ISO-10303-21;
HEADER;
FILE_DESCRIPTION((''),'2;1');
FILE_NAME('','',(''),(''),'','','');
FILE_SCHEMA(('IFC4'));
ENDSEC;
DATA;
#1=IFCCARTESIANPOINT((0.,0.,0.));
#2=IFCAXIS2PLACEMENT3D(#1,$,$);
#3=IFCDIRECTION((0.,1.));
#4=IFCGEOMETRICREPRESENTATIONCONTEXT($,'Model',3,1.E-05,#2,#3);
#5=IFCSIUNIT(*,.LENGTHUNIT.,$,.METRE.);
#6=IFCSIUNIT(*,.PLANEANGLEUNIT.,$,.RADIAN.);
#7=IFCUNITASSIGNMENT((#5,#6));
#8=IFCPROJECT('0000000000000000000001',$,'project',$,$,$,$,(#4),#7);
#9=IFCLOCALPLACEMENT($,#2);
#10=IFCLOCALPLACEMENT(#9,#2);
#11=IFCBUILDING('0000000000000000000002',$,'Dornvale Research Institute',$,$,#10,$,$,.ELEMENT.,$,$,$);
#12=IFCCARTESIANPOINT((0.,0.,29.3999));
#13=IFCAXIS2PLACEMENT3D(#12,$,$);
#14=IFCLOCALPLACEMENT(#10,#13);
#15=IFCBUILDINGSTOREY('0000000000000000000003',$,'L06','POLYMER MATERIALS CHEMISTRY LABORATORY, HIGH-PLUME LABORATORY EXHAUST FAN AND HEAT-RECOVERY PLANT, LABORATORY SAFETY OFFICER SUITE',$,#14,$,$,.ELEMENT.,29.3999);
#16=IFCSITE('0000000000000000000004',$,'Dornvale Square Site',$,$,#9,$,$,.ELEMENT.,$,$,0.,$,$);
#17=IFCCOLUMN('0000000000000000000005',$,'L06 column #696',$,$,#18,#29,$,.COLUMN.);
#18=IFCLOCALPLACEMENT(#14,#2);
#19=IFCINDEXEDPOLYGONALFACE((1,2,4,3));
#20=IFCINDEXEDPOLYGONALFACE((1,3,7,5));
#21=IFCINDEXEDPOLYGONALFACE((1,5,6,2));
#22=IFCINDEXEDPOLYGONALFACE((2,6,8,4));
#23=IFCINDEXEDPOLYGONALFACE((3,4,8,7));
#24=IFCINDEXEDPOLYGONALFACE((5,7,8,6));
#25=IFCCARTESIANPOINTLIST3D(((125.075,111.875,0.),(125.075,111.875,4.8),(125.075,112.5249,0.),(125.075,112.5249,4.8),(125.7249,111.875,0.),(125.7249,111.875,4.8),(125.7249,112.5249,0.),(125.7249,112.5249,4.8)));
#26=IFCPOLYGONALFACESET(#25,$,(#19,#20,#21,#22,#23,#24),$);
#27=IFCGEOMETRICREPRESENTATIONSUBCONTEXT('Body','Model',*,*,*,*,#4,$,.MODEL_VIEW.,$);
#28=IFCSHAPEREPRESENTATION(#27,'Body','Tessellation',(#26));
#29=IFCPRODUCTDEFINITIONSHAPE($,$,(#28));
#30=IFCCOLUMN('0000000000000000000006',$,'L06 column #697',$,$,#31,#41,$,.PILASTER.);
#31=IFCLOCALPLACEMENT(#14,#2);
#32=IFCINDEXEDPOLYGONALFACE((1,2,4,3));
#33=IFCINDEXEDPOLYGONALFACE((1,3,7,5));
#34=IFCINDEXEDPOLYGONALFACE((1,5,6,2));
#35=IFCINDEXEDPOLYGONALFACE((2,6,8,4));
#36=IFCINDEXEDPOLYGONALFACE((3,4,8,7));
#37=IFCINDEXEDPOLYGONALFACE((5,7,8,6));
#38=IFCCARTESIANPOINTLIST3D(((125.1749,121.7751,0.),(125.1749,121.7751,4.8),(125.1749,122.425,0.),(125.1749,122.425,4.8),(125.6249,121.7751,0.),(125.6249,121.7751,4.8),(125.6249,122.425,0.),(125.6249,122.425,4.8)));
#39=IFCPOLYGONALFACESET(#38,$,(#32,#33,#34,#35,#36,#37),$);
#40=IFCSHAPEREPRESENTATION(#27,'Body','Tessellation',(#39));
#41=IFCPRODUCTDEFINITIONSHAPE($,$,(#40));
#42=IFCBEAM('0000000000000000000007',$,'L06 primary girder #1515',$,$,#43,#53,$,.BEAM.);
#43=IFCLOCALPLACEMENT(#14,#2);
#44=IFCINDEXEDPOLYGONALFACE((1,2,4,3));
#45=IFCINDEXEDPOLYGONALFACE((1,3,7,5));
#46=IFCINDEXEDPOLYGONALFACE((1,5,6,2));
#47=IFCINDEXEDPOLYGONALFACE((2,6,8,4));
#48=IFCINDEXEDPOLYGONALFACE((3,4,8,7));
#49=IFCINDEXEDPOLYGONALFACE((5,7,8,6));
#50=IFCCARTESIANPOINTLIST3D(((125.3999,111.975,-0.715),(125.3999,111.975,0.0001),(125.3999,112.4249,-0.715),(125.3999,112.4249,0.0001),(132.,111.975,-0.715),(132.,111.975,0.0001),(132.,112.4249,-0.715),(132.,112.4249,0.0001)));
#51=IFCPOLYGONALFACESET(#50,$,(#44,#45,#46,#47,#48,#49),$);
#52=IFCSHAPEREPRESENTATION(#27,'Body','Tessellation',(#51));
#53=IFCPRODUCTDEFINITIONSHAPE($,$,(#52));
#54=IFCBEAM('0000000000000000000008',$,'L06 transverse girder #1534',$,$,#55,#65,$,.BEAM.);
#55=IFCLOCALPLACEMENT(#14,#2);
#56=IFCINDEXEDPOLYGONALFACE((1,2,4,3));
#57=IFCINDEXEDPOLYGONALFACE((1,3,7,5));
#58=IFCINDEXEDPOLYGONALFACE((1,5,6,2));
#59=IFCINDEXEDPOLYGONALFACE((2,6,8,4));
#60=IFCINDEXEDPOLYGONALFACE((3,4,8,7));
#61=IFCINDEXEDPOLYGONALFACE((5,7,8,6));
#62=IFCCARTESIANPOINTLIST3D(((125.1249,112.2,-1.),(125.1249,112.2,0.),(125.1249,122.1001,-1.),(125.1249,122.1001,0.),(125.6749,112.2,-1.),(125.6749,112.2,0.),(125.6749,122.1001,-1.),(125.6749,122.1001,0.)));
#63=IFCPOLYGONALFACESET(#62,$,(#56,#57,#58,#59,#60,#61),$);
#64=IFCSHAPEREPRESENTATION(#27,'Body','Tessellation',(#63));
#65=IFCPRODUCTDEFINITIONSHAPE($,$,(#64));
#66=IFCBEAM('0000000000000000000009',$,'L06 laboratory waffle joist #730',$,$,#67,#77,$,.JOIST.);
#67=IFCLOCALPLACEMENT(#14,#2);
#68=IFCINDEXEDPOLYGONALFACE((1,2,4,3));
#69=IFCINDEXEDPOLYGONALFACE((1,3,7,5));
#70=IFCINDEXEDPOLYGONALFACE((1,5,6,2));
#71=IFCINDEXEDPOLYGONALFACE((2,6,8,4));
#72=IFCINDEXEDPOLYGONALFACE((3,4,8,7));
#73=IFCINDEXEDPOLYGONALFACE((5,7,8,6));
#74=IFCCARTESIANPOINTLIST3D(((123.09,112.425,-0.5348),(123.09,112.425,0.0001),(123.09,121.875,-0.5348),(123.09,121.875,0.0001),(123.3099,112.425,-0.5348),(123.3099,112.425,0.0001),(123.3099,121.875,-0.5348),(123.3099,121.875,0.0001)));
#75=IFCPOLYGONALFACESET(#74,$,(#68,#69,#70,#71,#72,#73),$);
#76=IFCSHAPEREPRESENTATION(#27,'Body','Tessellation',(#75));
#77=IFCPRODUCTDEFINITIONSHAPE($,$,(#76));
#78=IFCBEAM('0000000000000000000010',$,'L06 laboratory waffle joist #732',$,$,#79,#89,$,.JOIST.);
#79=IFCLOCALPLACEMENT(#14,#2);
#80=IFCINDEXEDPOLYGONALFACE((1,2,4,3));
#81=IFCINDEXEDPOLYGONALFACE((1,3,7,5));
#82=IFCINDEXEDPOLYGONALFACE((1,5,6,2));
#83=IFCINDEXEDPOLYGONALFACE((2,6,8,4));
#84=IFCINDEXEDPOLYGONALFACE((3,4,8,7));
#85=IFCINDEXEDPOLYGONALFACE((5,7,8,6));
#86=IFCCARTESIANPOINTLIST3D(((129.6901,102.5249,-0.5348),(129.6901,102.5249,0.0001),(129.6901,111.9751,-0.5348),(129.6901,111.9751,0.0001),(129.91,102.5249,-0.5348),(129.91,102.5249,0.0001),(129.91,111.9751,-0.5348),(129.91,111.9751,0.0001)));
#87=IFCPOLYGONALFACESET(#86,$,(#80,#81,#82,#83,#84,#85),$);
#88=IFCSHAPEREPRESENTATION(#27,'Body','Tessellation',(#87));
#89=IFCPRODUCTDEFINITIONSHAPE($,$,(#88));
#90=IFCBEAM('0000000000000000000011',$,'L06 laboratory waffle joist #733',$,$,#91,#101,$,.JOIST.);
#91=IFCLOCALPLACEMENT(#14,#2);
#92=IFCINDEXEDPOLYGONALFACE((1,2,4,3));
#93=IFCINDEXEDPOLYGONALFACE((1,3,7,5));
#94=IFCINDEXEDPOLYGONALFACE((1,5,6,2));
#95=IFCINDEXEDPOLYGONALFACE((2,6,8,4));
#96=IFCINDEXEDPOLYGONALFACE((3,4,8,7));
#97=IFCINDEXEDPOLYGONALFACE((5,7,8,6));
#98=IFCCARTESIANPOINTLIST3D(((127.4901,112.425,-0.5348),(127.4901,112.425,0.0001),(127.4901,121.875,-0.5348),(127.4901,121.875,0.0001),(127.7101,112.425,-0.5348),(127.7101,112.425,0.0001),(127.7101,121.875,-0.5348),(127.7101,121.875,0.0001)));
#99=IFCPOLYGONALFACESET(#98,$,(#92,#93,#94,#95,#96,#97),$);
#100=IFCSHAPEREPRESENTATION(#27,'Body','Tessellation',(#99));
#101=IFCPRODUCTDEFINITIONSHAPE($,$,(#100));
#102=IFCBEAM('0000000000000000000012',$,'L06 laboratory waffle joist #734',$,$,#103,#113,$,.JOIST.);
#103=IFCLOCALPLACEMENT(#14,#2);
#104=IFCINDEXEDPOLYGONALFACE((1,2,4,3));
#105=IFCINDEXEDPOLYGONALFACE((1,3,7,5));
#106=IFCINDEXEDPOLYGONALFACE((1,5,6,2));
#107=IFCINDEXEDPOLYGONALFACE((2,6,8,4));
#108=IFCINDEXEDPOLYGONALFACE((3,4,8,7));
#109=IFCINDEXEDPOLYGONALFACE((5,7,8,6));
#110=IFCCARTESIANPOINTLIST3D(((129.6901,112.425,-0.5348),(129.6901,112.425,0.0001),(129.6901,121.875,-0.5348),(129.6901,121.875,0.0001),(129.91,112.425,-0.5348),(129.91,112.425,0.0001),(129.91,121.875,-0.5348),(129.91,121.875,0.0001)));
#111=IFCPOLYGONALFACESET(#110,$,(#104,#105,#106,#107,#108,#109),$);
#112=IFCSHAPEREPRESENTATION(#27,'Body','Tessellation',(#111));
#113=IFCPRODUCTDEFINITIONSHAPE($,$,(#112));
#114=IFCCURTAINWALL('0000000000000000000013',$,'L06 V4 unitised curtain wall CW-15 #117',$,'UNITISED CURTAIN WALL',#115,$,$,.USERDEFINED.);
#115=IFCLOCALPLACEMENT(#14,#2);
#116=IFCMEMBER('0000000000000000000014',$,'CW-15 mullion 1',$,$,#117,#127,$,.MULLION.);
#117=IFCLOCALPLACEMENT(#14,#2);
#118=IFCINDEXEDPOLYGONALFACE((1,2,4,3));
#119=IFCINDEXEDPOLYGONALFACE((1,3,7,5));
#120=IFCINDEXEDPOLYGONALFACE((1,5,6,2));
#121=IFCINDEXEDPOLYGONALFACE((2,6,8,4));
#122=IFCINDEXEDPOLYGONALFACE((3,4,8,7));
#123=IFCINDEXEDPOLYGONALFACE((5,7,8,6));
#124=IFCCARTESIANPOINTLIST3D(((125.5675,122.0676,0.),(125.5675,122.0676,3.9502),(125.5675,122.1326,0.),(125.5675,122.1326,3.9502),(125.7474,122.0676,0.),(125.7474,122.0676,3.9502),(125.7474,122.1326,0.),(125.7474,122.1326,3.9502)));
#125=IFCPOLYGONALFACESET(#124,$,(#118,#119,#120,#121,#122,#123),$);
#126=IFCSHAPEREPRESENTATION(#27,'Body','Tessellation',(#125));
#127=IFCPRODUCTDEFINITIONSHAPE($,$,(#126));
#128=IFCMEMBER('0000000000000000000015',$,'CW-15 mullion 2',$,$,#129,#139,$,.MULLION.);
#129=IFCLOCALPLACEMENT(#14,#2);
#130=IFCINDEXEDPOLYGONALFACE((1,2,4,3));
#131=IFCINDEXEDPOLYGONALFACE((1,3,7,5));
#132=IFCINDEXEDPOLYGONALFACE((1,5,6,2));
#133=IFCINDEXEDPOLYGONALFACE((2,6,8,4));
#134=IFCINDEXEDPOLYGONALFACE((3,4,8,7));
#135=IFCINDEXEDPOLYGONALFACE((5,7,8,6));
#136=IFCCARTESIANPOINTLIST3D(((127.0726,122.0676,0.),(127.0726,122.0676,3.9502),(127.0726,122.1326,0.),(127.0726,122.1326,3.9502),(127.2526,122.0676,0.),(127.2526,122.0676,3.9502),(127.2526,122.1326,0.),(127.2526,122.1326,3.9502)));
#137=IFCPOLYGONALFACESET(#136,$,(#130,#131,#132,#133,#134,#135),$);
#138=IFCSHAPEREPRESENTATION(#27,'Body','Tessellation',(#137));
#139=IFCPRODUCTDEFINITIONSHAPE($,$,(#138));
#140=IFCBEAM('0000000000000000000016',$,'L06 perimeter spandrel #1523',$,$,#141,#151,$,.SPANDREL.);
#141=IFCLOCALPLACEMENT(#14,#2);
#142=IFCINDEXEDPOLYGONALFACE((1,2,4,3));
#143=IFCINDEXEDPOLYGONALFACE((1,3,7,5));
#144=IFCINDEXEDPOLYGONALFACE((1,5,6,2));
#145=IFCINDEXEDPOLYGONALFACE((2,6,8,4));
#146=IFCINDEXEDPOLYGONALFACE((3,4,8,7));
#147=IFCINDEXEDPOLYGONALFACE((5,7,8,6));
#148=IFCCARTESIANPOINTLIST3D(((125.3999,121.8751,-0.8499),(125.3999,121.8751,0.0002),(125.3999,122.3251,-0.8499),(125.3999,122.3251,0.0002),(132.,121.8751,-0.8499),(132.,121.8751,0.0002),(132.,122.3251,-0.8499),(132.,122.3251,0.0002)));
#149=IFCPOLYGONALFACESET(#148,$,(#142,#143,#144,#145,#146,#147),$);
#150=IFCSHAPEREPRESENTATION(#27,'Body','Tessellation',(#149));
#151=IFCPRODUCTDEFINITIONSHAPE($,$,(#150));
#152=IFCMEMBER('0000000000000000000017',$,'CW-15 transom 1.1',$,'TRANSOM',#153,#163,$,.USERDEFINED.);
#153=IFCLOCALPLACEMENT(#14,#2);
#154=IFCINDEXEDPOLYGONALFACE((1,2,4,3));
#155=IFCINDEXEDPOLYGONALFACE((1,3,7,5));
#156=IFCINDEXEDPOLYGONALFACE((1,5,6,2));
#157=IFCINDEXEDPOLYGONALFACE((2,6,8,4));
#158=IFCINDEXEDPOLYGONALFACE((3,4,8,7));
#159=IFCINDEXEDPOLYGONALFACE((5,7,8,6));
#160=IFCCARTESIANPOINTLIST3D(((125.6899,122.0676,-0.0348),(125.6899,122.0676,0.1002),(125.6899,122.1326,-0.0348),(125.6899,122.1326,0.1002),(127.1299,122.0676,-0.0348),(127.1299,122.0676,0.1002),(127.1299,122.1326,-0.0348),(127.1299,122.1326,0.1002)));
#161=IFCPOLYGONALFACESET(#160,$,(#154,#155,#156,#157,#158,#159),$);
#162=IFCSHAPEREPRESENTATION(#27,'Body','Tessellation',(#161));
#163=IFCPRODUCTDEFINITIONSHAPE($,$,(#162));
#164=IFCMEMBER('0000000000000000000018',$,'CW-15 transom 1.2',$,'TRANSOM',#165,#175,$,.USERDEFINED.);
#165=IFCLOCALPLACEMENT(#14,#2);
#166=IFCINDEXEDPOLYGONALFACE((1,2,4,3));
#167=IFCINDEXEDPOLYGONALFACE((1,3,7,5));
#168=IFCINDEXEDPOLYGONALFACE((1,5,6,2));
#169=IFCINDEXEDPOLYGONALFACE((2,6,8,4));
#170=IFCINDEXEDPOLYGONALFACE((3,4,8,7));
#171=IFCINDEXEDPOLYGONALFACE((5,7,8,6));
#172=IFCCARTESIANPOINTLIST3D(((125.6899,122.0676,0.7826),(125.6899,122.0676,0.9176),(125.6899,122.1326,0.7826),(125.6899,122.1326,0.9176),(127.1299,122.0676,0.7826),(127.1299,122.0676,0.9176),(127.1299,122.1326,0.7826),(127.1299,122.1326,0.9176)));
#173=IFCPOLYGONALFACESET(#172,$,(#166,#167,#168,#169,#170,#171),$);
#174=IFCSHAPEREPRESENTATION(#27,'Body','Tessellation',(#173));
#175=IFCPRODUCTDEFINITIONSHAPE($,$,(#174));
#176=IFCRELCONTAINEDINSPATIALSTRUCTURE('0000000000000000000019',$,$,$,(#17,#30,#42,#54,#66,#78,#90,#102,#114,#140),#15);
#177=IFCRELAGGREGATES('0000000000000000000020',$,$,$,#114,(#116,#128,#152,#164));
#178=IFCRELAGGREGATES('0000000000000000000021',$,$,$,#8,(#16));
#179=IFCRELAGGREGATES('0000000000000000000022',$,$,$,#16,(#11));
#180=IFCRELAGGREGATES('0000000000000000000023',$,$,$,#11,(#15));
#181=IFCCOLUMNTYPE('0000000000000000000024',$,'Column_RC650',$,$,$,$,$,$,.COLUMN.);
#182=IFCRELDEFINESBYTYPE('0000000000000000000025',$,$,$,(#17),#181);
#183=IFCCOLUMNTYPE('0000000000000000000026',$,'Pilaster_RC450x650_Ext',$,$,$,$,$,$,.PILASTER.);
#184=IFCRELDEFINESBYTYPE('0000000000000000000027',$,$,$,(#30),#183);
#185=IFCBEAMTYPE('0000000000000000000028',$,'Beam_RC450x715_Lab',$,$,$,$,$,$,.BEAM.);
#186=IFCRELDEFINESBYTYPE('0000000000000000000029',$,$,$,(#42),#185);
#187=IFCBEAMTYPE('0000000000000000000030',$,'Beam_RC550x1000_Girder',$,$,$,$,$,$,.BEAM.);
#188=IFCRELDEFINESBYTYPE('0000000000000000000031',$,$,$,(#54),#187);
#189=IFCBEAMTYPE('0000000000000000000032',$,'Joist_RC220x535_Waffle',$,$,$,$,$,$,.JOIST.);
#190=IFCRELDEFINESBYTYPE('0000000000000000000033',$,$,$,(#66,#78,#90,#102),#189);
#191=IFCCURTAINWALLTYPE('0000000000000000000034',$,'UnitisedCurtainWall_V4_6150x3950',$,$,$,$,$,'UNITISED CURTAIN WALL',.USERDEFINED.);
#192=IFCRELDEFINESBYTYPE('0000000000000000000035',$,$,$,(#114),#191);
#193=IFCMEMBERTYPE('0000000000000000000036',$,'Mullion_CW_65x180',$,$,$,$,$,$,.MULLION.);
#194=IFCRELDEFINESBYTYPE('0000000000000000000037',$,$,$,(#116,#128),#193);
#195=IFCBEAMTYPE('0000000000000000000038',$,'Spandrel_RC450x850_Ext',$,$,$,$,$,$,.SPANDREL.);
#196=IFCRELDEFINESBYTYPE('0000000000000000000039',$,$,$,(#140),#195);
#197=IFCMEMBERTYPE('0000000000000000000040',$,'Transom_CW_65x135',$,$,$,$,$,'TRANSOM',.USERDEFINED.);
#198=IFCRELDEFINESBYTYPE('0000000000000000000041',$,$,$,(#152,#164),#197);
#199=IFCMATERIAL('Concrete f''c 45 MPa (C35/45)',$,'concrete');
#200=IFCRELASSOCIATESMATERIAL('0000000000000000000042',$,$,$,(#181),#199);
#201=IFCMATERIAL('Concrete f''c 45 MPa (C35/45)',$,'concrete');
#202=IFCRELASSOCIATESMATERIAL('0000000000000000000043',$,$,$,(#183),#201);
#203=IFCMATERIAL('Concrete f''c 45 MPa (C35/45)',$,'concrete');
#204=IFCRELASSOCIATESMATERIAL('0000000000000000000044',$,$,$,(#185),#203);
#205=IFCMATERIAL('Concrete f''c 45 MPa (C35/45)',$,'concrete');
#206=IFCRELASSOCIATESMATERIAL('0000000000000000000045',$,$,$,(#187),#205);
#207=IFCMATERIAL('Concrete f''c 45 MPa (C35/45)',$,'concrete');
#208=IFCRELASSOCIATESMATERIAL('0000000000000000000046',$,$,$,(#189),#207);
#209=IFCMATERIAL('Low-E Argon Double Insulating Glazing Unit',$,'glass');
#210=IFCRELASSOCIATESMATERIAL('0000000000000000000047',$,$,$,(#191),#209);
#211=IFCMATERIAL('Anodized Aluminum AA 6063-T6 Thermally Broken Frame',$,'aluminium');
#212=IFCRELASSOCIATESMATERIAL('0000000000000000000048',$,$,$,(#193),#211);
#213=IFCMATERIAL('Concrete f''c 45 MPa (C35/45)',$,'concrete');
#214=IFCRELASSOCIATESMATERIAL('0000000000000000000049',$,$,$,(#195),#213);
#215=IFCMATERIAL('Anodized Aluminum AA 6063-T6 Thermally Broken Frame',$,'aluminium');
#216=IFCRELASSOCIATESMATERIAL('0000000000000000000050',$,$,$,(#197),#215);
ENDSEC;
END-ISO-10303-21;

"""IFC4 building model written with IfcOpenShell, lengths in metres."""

from ifc_helpers import new_model, si_unit, direction, frame, origin, origin_2d, place, context, subcontext, project, spatial, rectangle, extrude, material, material_profile, profile_set, type_object, element, aggregate, save


model = new_model("IFC4")

# Units and contexts
model_context = context("Model", 3, precision=1e-05, world=origin(), true_north=direction((0.0, 1.0)))
body_context = subcontext(model_context, "Body", "Model", "MODEL_VIEW")
ifc_project = project(units=[si_unit("LENGTHUNIT", "METRE"), si_unit("PLANEANGLEUNIT", "RADIAN")], contexts=[model_context])

# Site, building, storey
site_placement = place(None, origin())
site = spatial("IfcSite", under=ifc_project, at=site_placement, Name="Dornvale Square Site", CompositionType="ELEMENT", RefElevation=0.0)
building_placement = place(site_placement, origin())
building = spatial("IfcBuilding", under=site, at=building_placement, Name="Dornvale Research Institute", CompositionType="ELEMENT")
storey_placement = place(building_placement, frame((0.0, 0.0, 29.3999)))
storey = spatial("IfcBuildingStorey", under=building, at=storey_placement, Name="L06", Description="POLYMER MATERIALS CHEMISTRY LABORATORY, HIGH-PLUME LABORATORY EXHAUST FAN AND HEAT-RECOVERY PLANT, LABORATORY SAFETY OFFICER SUITE", CompositionType="ELEMENT", Elevation=29.3999)

# Columns
ifc_material_1 = material(Name="Concrete f'c 45 MPa (C35/45)", Category="concrete")
ifc_material_profile_1 = material_profile(ifc_material_1, rectangle(XDim=0.6499, YDim=0.6499, at=origin_2d()), Name="RC 650x650")
ifc_profile_set_1 = profile_set([ifc_material_profile_1], Name="Concrete f'c 45 MPa (C35/45)")
column_type_1 = type_object("IfcColumnType", Name="Column_RC650", PredefinedType="COLUMN", material=ifc_profile_set_1)
column_1_placement = place(storey_placement, frame((125.3999, 112.2, 0.0), z_axis=(0.0, 0.0, 1.0), x_axis=(1.0, 0.0, 0.0)))
element("IfcColumn", 1, at=column_1_placement, inside=storey, type_object=column_type_1, Name="L06 column #696", PredefinedType="COLUMN", context=body_context, shape_type="SweptSolid", body=[
    extrude(rectangle(XDim=0.6499, YDim=0.6499, at=origin_2d()), origin(), (0.0, 0.0, 1.0), 4.8),
])
ifc_material_2 = material(Name="Concrete f'c 45 MPa (C35/45)", Category="concrete")
ifc_material_profile_2 = material_profile(ifc_material_2, rectangle(XDim=0.45, YDim=0.6499, at=origin_2d()), Name="RC 450x650")
ifc_profile_set_2 = profile_set([ifc_material_profile_2], Name="Concrete f'c 45 MPa (C35/45)")
column_type_2 = type_object("IfcColumnType", Name="Pilaster_RC450x650_Ext", PredefinedType="PILASTER", material=ifc_profile_set_2)
column_2_placement = place(storey_placement, frame((125.3999, 122.1001, 0.0), z_axis=(0.0, 0.0, 1.0), x_axis=(1.0, 0.0, 0.0)))
element("IfcColumn", 2, at=column_2_placement, inside=storey, type_object=column_type_2, Name="L06 column #697", PredefinedType="PILASTER", context=body_context, shape_type="SweptSolid", body=[
    extrude(rectangle(XDim=0.45, YDim=0.6499, at=origin_2d()), origin(), (0.0, 0.0, 1.0), 4.8),
])

# Beams
ifc_material_3 = material(Name="Concrete f'c 45 MPa (C35/45)", Category="concrete")
ifc_material_profile_3 = material_profile(ifc_material_3, rectangle(XDim=0.45, YDim=0.7151, at=origin_2d()), Name="RC 450x715")
ifc_profile_set_3 = profile_set([ifc_material_profile_3], Name="Concrete f'c 45 MPa (C35/45)")
beam_type_1 = type_object("IfcBeamType", Name="Beam_RC450x715_Lab", PredefinedType="BEAM", material=ifc_profile_set_3)
beam_1_placement = place(storey_placement, frame((125.3999, 112.2, -0.3574), z_axis=(1.0, 0.0, 0.0), x_axis=(0.0, 1.0, 0.0)))
element("IfcBeam", 3, at=beam_1_placement, inside=storey, type_object=beam_type_1, Name="L06 primary girder #1515", PredefinedType="BEAM", context=body_context, shape_type="SweptSolid", body=[
    extrude(rectangle(XDim=0.45, YDim=0.7151, at=origin_2d()), origin(), (0.0, 0.0, 1.0), 6.6001),
])
ifc_material_4 = material(Name="Concrete f'c 45 MPa (C35/45)", Category="concrete")
ifc_material_profile_4 = material_profile(ifc_material_4, rectangle(XDim=0.55, YDim=1.0, at=origin_2d()), Name="RC 550x1000")
ifc_profile_set_4 = profile_set([ifc_material_profile_4], Name="Concrete f'c 45 MPa (C35/45)")
beam_type_2 = type_object("IfcBeamType", Name="Beam_RC550x1000_Girder", PredefinedType="BEAM", material=ifc_profile_set_4)
beam_2_placement = place(storey_placement, frame((125.3999, 112.2, -0.5), z_axis=(0.0, 1.0, 0.0), x_axis=(-1.0, 0.0, 0.0)))
element("IfcBeam", 4, at=beam_2_placement, inside=storey, type_object=beam_type_2, Name="L06 transverse girder #1534", PredefinedType="BEAM", context=body_context, shape_type="SweptSolid", body=[
    extrude(rectangle(XDim=0.55, YDim=1.0, at=origin_2d()), origin(), (0.0, 0.0, 1.0), 9.9001),
])
ifc_material_5 = material(Name="Concrete f'c 45 MPa (C35/45)", Category="concrete")
ifc_material_profile_5 = material_profile(ifc_material_5, rectangle(XDim=0.22, YDim=0.5349, at=origin_2d()), Name="RC 220x535")
ifc_profile_set_5 = profile_set([ifc_material_profile_5], Name="Concrete f'c 45 MPa (C35/45)")
beam_type_3 = type_object("IfcBeamType", Name="Joist_RC220x535_Waffle", PredefinedType="JOIST", material=ifc_profile_set_5)
beam_3_placement = place(storey_placement, frame((123.2, 112.425, -0.2673), z_axis=(0.0, 1.0, 0.0), x_axis=(-1.0, 0.0, 0.0)))
element("IfcBeam", 5, at=beam_3_placement, inside=storey, type_object=beam_type_3, Name="L06 laboratory waffle joist #730", PredefinedType="JOIST", context=body_context, shape_type="SweptSolid", body=[
    extrude(rectangle(XDim=0.22, YDim=0.5349, at=origin_2d()), origin(), (0.0, 0.0, 1.0), 9.45),
])
beam_4_placement = place(storey_placement, frame((129.8, 102.5249, -0.2673), z_axis=(0.0, 1.0, 0.0), x_axis=(-1.0, 0.0, 0.0)))
element("IfcBeam", 6, at=beam_4_placement, inside=storey, type_object=beam_type_3, Name="L06 laboratory waffle joist #732", PredefinedType="JOIST", context=body_context, shape_type="SweptSolid", body=[
    extrude(rectangle(XDim=0.22, YDim=0.5349, at=origin_2d()), origin(), (0.0, 0.0, 1.0), 9.4502),
])
for number, where, z_axis, x_axis, name in (
    (7, (127.6001, 112.425, -0.2673), (0.0, 1.0, 0.0), (-1.0, 0.0, 0.0), "L06 laboratory waffle joist #733"),
    (8, (129.8, 112.425, -0.2673), (0.0, 1.0, 0.0), (-1.0, 0.0, 0.0), "L06 laboratory waffle joist #734"),
):
    element("IfcBeam", number, at=place(storey_placement, frame(where, z_axis=z_axis, x_axis=x_axis)), inside=storey, type_object=beam_type_3, Name=name, PredefinedType="JOIST", context=body_context, shape_type="SweptSolid", body=[
        extrude(rectangle(XDim=0.22, YDim=0.5349, at=origin_2d()), origin(), (0.0, 0.0, 1.0), 9.45),
    ])

# Curtain wall, members
ifc_material_6 = material(Name="Low-E Argon Double Insulating Glazing Unit", Category="glass")
curtain_wall_type = type_object("IfcCurtainWallType", Name="UnitisedCurtainWall_V4_6150x3950", ElementType="UNITISED CURTAIN WALL", PredefinedType="USERDEFINED", material=ifc_material_6)
curtain_wall_placement = place(storey_placement, origin())
curtain_wall = element("IfcCurtainWall", 9, at=curtain_wall_placement, inside=storey, type_object=curtain_wall_type, Name="L06 V4 unitised curtain wall CW-15 #117", ObjectType="UNITISED CURTAIN WALL", PredefinedType="USERDEFINED")
ifc_material_7 = material(Name="Anodized Aluminum AA 6063-T6 Thermally Broken Frame", Category="aluminium")
ifc_material_profile_6 = material_profile(ifc_material_7, rectangle(XDim=0.0649, YDim=0.1799, at=origin_2d()), Name="ALU MULLION 65x180")
ifc_profile_set_6 = profile_set([ifc_material_profile_6], Name="Anodized Aluminum AA 6063-T6 Thermally Broken Frame")
member_type_1 = type_object("IfcMemberType", Name="Mullion_CW_65x180", PredefinedType="MULLION", material=ifc_profile_set_6)
member_1_placement = place(storey_placement, frame((125.6575, 122.1001, 0.0), z_axis=(0.0, 0.0, 1.0), x_axis=(0.0, 1.0, 0.0)))
member_1 = element("IfcMember", 10, at=member_1_placement, type_object=member_type_1, Name="CW-15 mullion 1", PredefinedType="MULLION", context=body_context, shape_type="SweptSolid", body=[
    extrude(rectangle(XDim=0.0649, YDim=0.1799, at=origin_2d()), origin(), (0.0, 0.0, 1.0), 3.9502),
])
member_2_placement = place(storey_placement, frame((127.1626, 122.1001, 0.0), z_axis=(0.0, 0.0, 1.0), x_axis=(0.0, 1.0, 0.0)))
member_2 = element("IfcMember", 11, at=member_2_placement, type_object=member_type_1, Name="CW-15 mullion 2", PredefinedType="MULLION", context=body_context, shape_type="SweptSolid", body=[
    extrude(rectangle(XDim=0.0649, YDim=0.1799, at=origin_2d()), origin(), (0.0, 0.0, 1.0), 3.9502),
])

# Beam
ifc_material_8 = material(Name="Concrete f'c 45 MPa (C35/45)", Category="concrete")
ifc_material_profile_7 = material_profile(ifc_material_8, rectangle(XDim=0.45, YDim=0.8501, at=origin_2d()), Name="RC 450x850")
ifc_profile_set_7 = profile_set([ifc_material_profile_7], Name="Concrete f'c 45 MPa (C35/45)")
beam_type_4 = type_object("IfcBeamType", Name="Spandrel_RC450x850_Ext", PredefinedType="SPANDREL", material=ifc_profile_set_7)
beam_5_placement = place(storey_placement, frame((125.3999, 122.1001, -0.4248), z_axis=(1.0, 0.0, 0.0), x_axis=(0.0, 1.0, 0.0)))
element("IfcBeam", 12, at=beam_5_placement, inside=storey, type_object=beam_type_4, Name="L06 perimeter spandrel #1523", PredefinedType="SPANDREL", context=body_context, shape_type="SweptSolid", body=[
    extrude(rectangle(XDim=0.45, YDim=0.8501, at=origin_2d()), origin(), (0.0, 0.0, 1.0), 6.6001),
])

# Members
ifc_material_9 = material(Name="Anodized Aluminum AA 6063-T6 Thermally Broken Frame", Category="aluminium")
ifc_material_profile_8 = material_profile(ifc_material_9, rectangle(XDim=0.0649, YDim=0.135, at=origin_2d()), Name="ALU TRANSOM 65x135")
ifc_profile_set_8 = profile_set([ifc_material_profile_8], Name="Anodized Aluminum AA 6063-T6 Thermally Broken Frame")
member_type_2 = type_object("IfcMemberType", Name="Transom_CW_65x135", ElementType="TRANSOM", PredefinedType="USERDEFINED", material=ifc_profile_set_8)
member_3_placement = place(storey_placement, frame((125.6899, 122.1001, 0.0327), z_axis=(1.0, 0.0, 0.0), x_axis=(0.0, 1.0, 0.0)))
member_3 = element("IfcMember", 13, at=member_3_placement, type_object=member_type_2, Name="CW-15 transom 1.1", ObjectType="TRANSOM", PredefinedType="USERDEFINED", context=body_context, shape_type="SweptSolid", body=[
    extrude(rectangle(XDim=0.0649, YDim=0.135, at=origin_2d()), origin(), (0.0, 0.0, 1.0), 1.4399),
])
member_4_placement = place(storey_placement, frame((125.6899, 122.1001, 0.8501), z_axis=(1.0, 0.0, 0.0), x_axis=(0.0, 1.0, 0.0)))
member_4 = element("IfcMember", 14, at=member_4_placement, type_object=member_type_2, Name="CW-15 transom 1.2", ObjectType="TRANSOM", PredefinedType="USERDEFINED", context=body_context, shape_type="SweptSolid", body=[
    extrude(rectangle(XDim=0.0649, YDim=0.135, at=origin_2d()), origin(), (0.0, 0.0, 1.0), 1.4399),
])

aggregate(curtain_wall, [member_1, member_2, member_3, member_4])

save(model, "model.ifc")
